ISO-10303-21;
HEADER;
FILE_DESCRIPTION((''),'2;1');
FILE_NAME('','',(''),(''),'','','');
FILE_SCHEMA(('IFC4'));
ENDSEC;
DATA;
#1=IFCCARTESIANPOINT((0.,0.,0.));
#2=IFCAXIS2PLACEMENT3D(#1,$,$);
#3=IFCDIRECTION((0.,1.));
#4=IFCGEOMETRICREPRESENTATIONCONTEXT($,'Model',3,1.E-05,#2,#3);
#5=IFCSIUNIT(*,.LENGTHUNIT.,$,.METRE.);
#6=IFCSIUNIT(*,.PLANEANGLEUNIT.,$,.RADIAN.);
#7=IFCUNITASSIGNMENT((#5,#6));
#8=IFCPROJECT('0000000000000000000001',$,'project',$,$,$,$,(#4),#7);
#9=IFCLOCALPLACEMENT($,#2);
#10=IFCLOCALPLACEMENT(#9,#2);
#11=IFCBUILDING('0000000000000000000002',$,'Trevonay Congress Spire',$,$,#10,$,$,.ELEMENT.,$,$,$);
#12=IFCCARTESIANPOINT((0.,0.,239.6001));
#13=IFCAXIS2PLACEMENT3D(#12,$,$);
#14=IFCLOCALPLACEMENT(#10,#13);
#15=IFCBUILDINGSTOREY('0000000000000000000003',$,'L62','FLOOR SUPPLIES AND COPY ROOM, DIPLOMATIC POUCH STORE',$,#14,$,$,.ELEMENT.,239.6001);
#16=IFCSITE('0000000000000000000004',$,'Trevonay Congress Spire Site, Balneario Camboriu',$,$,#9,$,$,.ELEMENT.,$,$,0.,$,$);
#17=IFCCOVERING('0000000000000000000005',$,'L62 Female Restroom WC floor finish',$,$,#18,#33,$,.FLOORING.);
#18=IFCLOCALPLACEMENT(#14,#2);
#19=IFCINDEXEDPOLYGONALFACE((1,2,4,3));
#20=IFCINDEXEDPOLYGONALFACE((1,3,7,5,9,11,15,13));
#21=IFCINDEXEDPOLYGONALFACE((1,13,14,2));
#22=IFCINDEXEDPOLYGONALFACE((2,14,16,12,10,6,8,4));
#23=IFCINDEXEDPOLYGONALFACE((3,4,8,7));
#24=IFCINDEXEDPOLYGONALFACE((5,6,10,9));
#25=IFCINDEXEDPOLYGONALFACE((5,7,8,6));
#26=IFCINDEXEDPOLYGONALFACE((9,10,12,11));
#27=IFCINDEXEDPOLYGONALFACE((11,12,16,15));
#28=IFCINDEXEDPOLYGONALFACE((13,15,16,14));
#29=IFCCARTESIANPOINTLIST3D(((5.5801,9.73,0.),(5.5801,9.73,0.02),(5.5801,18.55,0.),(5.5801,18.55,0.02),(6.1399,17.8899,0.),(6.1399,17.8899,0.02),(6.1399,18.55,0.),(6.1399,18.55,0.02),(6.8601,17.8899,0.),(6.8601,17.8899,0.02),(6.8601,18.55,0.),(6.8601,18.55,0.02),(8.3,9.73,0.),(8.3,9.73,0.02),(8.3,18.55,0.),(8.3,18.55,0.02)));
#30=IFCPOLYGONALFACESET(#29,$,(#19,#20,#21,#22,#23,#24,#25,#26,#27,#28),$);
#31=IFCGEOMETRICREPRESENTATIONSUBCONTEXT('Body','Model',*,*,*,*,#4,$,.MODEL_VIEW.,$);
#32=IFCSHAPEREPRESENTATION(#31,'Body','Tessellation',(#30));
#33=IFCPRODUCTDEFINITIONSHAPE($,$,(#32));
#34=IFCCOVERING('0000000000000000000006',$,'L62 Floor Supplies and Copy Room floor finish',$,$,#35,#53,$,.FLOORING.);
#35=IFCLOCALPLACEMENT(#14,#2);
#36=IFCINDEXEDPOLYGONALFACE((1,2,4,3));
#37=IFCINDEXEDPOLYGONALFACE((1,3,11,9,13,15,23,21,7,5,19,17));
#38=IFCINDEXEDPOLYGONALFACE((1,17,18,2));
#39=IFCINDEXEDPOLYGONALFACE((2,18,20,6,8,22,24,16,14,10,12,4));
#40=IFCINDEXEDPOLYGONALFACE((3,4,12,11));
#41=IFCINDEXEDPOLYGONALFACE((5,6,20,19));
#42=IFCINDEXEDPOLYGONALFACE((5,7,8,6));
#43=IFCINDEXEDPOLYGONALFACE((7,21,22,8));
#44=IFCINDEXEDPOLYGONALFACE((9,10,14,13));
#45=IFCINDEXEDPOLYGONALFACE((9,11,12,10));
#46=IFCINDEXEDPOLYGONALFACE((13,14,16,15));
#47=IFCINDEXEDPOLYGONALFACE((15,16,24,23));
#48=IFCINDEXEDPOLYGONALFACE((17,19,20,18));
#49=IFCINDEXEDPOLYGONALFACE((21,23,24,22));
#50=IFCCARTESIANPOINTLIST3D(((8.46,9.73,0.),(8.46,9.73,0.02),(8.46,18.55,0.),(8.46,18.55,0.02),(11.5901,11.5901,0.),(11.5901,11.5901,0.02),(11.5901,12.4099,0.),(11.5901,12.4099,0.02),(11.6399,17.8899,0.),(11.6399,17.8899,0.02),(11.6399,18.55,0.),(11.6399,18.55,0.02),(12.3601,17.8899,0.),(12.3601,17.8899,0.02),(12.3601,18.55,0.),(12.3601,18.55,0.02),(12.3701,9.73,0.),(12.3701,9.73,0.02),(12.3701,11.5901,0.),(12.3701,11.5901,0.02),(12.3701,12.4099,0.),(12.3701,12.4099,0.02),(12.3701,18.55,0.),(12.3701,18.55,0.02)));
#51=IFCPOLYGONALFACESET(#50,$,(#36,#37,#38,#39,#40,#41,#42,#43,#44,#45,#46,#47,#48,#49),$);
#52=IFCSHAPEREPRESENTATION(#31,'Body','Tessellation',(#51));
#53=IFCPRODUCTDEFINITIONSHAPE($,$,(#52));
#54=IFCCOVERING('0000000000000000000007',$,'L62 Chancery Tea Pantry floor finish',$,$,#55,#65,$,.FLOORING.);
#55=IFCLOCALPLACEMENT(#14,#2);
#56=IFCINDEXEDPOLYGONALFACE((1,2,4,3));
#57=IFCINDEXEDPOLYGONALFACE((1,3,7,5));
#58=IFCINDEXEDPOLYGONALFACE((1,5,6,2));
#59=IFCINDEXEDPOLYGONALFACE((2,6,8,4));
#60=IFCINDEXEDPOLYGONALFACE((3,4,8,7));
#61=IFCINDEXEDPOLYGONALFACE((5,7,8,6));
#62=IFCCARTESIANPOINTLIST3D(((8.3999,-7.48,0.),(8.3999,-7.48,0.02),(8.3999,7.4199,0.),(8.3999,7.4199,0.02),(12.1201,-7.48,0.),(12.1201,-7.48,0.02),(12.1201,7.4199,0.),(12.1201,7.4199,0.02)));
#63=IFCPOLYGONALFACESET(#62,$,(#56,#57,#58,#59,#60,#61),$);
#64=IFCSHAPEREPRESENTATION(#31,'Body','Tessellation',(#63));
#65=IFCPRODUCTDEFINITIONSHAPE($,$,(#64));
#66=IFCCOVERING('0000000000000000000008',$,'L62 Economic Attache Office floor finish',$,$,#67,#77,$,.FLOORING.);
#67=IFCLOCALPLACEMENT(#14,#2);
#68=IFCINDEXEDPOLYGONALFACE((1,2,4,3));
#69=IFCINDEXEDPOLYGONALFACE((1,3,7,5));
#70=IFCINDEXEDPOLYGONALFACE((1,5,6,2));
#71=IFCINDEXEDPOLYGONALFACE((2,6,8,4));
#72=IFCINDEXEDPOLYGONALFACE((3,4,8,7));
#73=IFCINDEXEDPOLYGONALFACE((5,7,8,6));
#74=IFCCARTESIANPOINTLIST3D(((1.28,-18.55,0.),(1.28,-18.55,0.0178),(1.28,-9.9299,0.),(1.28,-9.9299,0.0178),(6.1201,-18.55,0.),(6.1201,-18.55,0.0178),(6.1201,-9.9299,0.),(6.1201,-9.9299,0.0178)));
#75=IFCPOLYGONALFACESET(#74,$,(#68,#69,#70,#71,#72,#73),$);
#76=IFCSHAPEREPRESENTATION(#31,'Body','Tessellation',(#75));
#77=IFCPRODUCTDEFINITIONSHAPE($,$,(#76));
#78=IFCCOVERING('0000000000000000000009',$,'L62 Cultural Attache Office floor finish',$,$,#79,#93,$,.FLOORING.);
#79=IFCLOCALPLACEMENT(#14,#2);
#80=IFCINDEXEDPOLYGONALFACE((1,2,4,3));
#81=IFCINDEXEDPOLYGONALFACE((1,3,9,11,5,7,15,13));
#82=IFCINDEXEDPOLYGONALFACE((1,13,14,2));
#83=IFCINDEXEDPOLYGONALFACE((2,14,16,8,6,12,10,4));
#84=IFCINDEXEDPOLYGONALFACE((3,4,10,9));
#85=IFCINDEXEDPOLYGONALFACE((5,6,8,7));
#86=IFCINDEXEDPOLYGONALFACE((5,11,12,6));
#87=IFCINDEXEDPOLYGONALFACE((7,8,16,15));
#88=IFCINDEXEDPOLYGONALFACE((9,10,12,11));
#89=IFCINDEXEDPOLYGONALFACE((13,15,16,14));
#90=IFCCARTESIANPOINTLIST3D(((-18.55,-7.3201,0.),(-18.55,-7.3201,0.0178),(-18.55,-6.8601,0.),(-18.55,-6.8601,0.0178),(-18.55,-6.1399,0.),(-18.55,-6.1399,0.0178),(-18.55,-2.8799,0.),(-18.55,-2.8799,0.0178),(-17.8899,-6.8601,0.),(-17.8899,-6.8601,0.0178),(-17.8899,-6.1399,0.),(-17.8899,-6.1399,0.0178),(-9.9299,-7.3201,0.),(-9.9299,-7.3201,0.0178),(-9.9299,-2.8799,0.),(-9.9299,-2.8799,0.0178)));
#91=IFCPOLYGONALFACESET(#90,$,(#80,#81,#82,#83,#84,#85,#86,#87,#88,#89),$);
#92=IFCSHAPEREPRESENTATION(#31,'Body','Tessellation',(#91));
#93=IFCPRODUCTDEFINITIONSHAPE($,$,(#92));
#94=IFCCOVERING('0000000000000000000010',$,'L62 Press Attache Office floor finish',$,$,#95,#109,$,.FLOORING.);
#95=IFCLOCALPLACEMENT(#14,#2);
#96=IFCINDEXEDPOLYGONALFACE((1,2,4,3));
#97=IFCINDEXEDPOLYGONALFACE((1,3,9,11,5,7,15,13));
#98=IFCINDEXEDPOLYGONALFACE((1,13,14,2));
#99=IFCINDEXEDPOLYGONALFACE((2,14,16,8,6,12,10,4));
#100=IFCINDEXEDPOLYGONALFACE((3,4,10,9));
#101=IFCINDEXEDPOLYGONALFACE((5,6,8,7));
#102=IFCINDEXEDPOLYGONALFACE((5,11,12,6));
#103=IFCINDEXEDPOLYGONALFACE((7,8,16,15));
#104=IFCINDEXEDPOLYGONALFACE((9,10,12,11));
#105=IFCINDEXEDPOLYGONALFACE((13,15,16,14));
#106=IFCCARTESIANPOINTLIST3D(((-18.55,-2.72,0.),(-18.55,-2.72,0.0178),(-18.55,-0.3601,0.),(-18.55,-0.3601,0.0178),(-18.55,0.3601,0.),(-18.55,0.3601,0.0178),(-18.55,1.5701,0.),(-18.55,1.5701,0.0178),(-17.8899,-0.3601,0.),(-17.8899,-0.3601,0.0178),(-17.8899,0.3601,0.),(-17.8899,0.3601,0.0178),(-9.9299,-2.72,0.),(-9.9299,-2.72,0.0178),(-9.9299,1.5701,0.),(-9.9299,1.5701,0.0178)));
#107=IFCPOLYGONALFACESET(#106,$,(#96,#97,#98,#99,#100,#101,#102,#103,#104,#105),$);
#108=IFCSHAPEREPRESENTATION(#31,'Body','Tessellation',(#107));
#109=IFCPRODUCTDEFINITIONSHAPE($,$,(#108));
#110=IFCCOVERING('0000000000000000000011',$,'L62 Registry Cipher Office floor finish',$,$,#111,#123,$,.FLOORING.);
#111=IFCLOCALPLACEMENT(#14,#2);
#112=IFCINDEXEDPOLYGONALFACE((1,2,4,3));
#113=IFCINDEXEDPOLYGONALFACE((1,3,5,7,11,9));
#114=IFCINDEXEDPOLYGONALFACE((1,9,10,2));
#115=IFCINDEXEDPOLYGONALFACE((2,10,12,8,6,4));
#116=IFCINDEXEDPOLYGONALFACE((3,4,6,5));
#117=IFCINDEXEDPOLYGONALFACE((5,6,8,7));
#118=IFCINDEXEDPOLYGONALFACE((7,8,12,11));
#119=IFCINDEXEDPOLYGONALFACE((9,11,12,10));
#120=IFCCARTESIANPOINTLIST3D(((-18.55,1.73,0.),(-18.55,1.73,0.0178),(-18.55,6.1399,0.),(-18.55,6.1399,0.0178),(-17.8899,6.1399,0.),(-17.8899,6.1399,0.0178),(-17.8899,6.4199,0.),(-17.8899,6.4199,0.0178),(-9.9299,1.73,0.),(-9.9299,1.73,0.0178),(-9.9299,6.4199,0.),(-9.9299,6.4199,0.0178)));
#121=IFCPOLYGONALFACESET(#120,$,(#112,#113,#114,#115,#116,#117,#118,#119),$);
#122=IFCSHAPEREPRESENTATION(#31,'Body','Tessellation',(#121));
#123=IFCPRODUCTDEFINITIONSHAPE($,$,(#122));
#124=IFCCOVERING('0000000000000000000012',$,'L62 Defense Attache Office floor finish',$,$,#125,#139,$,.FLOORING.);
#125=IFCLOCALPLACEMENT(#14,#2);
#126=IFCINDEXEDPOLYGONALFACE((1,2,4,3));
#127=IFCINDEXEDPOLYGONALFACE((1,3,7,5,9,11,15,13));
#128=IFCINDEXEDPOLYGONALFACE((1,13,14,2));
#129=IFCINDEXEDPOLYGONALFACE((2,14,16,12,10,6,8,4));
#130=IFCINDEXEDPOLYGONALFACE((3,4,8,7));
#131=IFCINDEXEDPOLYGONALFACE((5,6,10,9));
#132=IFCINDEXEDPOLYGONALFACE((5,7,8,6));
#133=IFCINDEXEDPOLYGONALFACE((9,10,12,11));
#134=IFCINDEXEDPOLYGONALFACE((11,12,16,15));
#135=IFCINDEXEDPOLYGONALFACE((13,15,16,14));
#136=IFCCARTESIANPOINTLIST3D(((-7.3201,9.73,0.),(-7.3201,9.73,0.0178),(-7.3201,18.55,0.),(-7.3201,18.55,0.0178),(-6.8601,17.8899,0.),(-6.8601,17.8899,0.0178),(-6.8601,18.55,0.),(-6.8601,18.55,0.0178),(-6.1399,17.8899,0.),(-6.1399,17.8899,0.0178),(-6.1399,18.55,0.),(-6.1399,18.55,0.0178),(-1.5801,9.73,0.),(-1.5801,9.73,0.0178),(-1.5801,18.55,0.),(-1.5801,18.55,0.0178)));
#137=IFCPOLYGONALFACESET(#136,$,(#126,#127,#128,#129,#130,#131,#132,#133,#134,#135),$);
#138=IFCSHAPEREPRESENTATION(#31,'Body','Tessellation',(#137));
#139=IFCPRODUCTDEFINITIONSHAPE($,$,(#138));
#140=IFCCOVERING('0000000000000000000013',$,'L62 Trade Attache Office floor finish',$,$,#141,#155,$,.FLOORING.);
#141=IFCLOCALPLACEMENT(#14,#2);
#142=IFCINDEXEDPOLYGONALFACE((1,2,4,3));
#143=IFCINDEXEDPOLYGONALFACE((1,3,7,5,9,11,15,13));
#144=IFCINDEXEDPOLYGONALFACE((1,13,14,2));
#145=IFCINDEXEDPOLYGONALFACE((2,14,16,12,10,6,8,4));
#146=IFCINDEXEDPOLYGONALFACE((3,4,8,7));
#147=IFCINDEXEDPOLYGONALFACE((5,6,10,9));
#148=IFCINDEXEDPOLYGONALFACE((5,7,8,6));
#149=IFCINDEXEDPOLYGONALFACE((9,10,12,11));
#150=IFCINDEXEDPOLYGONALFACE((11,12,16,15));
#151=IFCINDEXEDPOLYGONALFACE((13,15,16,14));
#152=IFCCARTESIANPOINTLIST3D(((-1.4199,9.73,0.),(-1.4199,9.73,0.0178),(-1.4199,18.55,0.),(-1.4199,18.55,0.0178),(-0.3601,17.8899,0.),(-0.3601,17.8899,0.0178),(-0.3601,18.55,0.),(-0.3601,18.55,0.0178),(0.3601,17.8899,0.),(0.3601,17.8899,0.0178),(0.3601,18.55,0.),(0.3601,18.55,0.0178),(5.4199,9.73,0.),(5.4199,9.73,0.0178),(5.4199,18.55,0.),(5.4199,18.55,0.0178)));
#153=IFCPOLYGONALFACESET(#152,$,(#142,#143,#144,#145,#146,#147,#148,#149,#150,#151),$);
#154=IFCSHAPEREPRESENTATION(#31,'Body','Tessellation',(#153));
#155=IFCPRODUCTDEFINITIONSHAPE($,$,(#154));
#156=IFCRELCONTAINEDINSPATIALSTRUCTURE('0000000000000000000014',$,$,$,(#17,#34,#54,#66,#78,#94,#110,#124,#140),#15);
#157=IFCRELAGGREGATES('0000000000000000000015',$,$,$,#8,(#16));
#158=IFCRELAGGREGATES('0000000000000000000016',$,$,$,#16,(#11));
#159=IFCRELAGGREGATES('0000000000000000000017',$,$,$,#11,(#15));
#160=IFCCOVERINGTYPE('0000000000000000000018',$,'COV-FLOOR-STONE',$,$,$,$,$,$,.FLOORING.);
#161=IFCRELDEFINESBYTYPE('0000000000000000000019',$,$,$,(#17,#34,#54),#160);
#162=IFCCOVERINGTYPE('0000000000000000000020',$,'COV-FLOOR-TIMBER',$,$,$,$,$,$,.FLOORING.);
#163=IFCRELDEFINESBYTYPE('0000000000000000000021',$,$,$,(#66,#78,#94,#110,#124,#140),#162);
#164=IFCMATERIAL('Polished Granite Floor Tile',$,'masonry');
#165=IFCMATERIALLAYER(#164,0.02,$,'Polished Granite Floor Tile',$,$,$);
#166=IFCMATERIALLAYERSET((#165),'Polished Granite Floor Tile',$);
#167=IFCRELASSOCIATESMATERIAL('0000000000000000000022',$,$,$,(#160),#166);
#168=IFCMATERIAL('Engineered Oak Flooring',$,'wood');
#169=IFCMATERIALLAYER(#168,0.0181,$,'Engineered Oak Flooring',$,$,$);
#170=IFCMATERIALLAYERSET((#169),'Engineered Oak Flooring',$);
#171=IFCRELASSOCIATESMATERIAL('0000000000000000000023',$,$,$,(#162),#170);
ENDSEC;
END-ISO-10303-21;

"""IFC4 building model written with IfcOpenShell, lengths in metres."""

from ifc_helpers import new_model, si_unit, direction, frame, origin, place, context, subcontext, project, spatial, polyline, outline, extrude, material, layer, layer_set, type_object, element, save


model = new_model("IFC4")

# Units and contexts
model_context = context("Model", 3, precision=1e-05, world=origin(), true_north=direction((0.0, 1.0)))
body_context = subcontext(model_context, "Body", "Model", "MODEL_VIEW")
ifc_project = project(units=[si_unit("LENGTHUNIT", "METRE"), si_unit("PLANEANGLEUNIT", "RADIAN")], contexts=[model_context])

# Site, building, storey
site_placement = place(None, origin())
site = spatial("IfcSite", under=ifc_project, at=site_placement, Name="Trevonay Congress Spire Site, Balneario Camboriu", CompositionType="ELEMENT", RefElevation=0.0)
building_placement = place(site_placement, origin())
building = spatial("IfcBuilding", under=site, at=building_placement, Name="Trevonay Congress Spire", CompositionType="ELEMENT")
storey_placement = place(building_placement, frame((0.0, 0.0, 239.6001)))
storey = spatial("IfcBuildingStorey", under=building, at=storey_placement, Name="L62", Description="FLOOR SUPPLIES AND COPY ROOM, DIPLOMATIC POUCH STORE", CompositionType="ELEMENT", Elevation=239.6001)

# Coverings
ifc_material_1 = material(Name="Polished Granite Floor Tile", Category="masonry")
ifc_layer_1 = layer(ifc_material_1, 0.02, Name="Polished Granite Floor Tile")
ifc_layer_set_1 = layer_set([ifc_layer_1], Name="Polished Granite Floor Tile")
covering_type_1 = type_object("IfcCoveringType", Name="COV-FLOOR-STONE", PredefinedType="FLOORING", material=ifc_layer_set_1)
covering_1_placement = place(storey_placement, origin())
element("IfcCovering", 1, at=covering_1_placement, inside=storey, type_object=covering_type_1, Name="L62 Female Restroom WC floor finish", PredefinedType="FLOORING", context=body_context, shape_type="SweptSolid", body=[
    extrude(outline(polyline([(8.3, 18.55), (8.3, 9.73), (5.5801, 9.73), (5.5801, 18.55), (6.1399, 18.55), (6.1399, 17.8899), (6.8601, 17.8899), (6.8601, 18.55), (8.3, 18.55)])), origin(), (0.0, 0.0, 1.0), 0.02),
])
covering_2_placement = place(storey_placement, origin())
element("IfcCovering", 2, at=covering_2_placement, inside=storey, type_object=covering_type_1, Name="L62 Floor Supplies and Copy Room floor finish", PredefinedType="FLOORING", context=body_context, shape_type="SweptSolid", body=[
    extrude(outline(polyline([(12.3701, 9.73), (8.46, 9.73), (8.46, 18.55), (11.6399, 18.55), (11.6399, 17.8899), (12.3601, 17.8899), (12.3601, 18.55), (12.3701, 18.55), (12.3701, 12.4099), (11.5901, 12.4099), (11.5901, 11.5901), (12.3701, 11.5901), (12.3701, 9.73)])), origin(), (0.0, 0.0, 1.0), 0.02),
])
covering_3_placement = place(storey_placement, origin())
element("IfcCovering", 3, at=covering_3_placement, inside=storey, type_object=covering_type_1, Name="L62 Chancery Tea Pantry floor finish", PredefinedType="FLOORING", context=body_context, shape_type="SweptSolid", body=[
    extrude(outline(polyline([(8.3999, -7.48), (12.1201, -7.48), (12.1201, 7.4199), (8.3999, 7.4199), (8.3999, -7.48)])), origin(), (0.0, 0.0, 1.0), 0.02),
])
ifc_material_2 = material(Name="Engineered Oak Flooring", Category="wood")
ifc_layer_2 = layer(ifc_material_2, 0.0181, Name="Engineered Oak Flooring")
ifc_layer_set_2 = layer_set([ifc_layer_2], Name="Engineered Oak Flooring")
covering_type_2 = type_object("IfcCoveringType", Name="COV-FLOOR-TIMBER", PredefinedType="FLOORING", material=ifc_layer_set_2)
covering_4_placement = place(storey_placement, origin())
element("IfcCovering", 4, at=covering_4_placement, inside=storey, type_object=covering_type_2, Name="L62 Economic Attache Office floor finish", PredefinedType="FLOORING", context=body_context, shape_type="SweptSolid", body=[
    extrude(outline(polyline([(1.28, -18.55), (6.1201, -18.55), (6.1201, -9.9299), (1.28, -9.9299), (1.28, -18.55)])), origin(), (0.0, 0.0, 1.0), 0.0178),
])
covering_5_placement = place(storey_placement, origin())
element("IfcCovering", 5, at=covering_5_placement, inside=storey, type_object=covering_type_2, Name="L62 Cultural Attache Office floor finish", PredefinedType="FLOORING", context=body_context, shape_type="SweptSolid", body=[
    extrude(outline(polyline([(-18.55, -2.8799), (-9.9299, -2.8799), (-9.9299, -7.3201), (-18.55, -7.3201), (-18.55, -6.8601), (-17.8899, -6.8601), (-17.8899, -6.1399), (-18.55, -6.1399), (-18.55, -2.8799)])), origin(), (0.0, 0.0, 1.0), 0.0178),
])
covering_6_placement = place(storey_placement, origin())
element("IfcCovering", 6, at=covering_6_placement, inside=storey, type_object=covering_type_2, Name="L62 Press Attache Office floor finish", PredefinedType="FLOORING", context=body_context, shape_type="SweptSolid", body=[
    extrude(outline(polyline([(-18.55, 1.5701), (-9.9299, 1.5701), (-9.9299, -2.72), (-18.55, -2.72), (-18.55, -0.3601), (-17.8899, -0.3601), (-17.8899, 0.3601), (-18.55, 0.3601), (-18.55, 1.5701)])), origin(), (0.0, 0.0, 1.0), 0.0178),
])
covering_7_placement = place(storey_placement, origin())
element("IfcCovering", 7, at=covering_7_placement, inside=storey, type_object=covering_type_2, Name="L62 Registry Cipher Office floor finish", PredefinedType="FLOORING", context=body_context, shape_type="SweptSolid", body=[
    extrude(outline(polyline([(-9.9299, 6.4199), (-9.9299, 1.73), (-18.55, 1.73), (-18.55, 6.1399), (-17.8899, 6.1399), (-17.8899, 6.4199), (-9.9299, 6.4199)])), origin(), (0.0, 0.0, 1.0), 0.0178),
])
covering_8_placement = place(storey_placement, origin())
element("IfcCovering", 8, at=covering_8_placement, inside=storey, type_object=covering_type_2, Name="L62 Defense Attache Office floor finish", PredefinedType="FLOORING", context=body_context, shape_type="SweptSolid", body=[
    extrude(outline(polyline([(-1.5801, 18.55), (-1.5801, 9.73), (-7.3201, 9.73), (-7.3201, 18.55), (-6.8601, 18.55), (-6.8601, 17.8899), (-6.1399, 17.8899), (-6.1399, 18.55), (-1.5801, 18.55)])), origin(), (0.0, 0.0, 1.0), 0.0178),
])
covering_9_placement = place(storey_placement, origin())
element("IfcCovering", 9, at=covering_9_placement, inside=storey, type_object=covering_type_2, Name="L62 Trade Attache Office floor finish", PredefinedType="FLOORING", context=body_context, shape_type="SweptSolid", body=[
    extrude(outline(polyline([(5.4199, 18.55), (5.4199, 9.73), (-1.4199, 9.73), (-1.4199, 18.55), (-0.3601, 18.55), (-0.3601, 17.8899), (0.3601, 17.8899), (0.3601, 18.55), (5.4199, 18.55)])), origin(), (0.0, 0.0, 1.0), 0.0178),
])

save(model, "model.ifc")
